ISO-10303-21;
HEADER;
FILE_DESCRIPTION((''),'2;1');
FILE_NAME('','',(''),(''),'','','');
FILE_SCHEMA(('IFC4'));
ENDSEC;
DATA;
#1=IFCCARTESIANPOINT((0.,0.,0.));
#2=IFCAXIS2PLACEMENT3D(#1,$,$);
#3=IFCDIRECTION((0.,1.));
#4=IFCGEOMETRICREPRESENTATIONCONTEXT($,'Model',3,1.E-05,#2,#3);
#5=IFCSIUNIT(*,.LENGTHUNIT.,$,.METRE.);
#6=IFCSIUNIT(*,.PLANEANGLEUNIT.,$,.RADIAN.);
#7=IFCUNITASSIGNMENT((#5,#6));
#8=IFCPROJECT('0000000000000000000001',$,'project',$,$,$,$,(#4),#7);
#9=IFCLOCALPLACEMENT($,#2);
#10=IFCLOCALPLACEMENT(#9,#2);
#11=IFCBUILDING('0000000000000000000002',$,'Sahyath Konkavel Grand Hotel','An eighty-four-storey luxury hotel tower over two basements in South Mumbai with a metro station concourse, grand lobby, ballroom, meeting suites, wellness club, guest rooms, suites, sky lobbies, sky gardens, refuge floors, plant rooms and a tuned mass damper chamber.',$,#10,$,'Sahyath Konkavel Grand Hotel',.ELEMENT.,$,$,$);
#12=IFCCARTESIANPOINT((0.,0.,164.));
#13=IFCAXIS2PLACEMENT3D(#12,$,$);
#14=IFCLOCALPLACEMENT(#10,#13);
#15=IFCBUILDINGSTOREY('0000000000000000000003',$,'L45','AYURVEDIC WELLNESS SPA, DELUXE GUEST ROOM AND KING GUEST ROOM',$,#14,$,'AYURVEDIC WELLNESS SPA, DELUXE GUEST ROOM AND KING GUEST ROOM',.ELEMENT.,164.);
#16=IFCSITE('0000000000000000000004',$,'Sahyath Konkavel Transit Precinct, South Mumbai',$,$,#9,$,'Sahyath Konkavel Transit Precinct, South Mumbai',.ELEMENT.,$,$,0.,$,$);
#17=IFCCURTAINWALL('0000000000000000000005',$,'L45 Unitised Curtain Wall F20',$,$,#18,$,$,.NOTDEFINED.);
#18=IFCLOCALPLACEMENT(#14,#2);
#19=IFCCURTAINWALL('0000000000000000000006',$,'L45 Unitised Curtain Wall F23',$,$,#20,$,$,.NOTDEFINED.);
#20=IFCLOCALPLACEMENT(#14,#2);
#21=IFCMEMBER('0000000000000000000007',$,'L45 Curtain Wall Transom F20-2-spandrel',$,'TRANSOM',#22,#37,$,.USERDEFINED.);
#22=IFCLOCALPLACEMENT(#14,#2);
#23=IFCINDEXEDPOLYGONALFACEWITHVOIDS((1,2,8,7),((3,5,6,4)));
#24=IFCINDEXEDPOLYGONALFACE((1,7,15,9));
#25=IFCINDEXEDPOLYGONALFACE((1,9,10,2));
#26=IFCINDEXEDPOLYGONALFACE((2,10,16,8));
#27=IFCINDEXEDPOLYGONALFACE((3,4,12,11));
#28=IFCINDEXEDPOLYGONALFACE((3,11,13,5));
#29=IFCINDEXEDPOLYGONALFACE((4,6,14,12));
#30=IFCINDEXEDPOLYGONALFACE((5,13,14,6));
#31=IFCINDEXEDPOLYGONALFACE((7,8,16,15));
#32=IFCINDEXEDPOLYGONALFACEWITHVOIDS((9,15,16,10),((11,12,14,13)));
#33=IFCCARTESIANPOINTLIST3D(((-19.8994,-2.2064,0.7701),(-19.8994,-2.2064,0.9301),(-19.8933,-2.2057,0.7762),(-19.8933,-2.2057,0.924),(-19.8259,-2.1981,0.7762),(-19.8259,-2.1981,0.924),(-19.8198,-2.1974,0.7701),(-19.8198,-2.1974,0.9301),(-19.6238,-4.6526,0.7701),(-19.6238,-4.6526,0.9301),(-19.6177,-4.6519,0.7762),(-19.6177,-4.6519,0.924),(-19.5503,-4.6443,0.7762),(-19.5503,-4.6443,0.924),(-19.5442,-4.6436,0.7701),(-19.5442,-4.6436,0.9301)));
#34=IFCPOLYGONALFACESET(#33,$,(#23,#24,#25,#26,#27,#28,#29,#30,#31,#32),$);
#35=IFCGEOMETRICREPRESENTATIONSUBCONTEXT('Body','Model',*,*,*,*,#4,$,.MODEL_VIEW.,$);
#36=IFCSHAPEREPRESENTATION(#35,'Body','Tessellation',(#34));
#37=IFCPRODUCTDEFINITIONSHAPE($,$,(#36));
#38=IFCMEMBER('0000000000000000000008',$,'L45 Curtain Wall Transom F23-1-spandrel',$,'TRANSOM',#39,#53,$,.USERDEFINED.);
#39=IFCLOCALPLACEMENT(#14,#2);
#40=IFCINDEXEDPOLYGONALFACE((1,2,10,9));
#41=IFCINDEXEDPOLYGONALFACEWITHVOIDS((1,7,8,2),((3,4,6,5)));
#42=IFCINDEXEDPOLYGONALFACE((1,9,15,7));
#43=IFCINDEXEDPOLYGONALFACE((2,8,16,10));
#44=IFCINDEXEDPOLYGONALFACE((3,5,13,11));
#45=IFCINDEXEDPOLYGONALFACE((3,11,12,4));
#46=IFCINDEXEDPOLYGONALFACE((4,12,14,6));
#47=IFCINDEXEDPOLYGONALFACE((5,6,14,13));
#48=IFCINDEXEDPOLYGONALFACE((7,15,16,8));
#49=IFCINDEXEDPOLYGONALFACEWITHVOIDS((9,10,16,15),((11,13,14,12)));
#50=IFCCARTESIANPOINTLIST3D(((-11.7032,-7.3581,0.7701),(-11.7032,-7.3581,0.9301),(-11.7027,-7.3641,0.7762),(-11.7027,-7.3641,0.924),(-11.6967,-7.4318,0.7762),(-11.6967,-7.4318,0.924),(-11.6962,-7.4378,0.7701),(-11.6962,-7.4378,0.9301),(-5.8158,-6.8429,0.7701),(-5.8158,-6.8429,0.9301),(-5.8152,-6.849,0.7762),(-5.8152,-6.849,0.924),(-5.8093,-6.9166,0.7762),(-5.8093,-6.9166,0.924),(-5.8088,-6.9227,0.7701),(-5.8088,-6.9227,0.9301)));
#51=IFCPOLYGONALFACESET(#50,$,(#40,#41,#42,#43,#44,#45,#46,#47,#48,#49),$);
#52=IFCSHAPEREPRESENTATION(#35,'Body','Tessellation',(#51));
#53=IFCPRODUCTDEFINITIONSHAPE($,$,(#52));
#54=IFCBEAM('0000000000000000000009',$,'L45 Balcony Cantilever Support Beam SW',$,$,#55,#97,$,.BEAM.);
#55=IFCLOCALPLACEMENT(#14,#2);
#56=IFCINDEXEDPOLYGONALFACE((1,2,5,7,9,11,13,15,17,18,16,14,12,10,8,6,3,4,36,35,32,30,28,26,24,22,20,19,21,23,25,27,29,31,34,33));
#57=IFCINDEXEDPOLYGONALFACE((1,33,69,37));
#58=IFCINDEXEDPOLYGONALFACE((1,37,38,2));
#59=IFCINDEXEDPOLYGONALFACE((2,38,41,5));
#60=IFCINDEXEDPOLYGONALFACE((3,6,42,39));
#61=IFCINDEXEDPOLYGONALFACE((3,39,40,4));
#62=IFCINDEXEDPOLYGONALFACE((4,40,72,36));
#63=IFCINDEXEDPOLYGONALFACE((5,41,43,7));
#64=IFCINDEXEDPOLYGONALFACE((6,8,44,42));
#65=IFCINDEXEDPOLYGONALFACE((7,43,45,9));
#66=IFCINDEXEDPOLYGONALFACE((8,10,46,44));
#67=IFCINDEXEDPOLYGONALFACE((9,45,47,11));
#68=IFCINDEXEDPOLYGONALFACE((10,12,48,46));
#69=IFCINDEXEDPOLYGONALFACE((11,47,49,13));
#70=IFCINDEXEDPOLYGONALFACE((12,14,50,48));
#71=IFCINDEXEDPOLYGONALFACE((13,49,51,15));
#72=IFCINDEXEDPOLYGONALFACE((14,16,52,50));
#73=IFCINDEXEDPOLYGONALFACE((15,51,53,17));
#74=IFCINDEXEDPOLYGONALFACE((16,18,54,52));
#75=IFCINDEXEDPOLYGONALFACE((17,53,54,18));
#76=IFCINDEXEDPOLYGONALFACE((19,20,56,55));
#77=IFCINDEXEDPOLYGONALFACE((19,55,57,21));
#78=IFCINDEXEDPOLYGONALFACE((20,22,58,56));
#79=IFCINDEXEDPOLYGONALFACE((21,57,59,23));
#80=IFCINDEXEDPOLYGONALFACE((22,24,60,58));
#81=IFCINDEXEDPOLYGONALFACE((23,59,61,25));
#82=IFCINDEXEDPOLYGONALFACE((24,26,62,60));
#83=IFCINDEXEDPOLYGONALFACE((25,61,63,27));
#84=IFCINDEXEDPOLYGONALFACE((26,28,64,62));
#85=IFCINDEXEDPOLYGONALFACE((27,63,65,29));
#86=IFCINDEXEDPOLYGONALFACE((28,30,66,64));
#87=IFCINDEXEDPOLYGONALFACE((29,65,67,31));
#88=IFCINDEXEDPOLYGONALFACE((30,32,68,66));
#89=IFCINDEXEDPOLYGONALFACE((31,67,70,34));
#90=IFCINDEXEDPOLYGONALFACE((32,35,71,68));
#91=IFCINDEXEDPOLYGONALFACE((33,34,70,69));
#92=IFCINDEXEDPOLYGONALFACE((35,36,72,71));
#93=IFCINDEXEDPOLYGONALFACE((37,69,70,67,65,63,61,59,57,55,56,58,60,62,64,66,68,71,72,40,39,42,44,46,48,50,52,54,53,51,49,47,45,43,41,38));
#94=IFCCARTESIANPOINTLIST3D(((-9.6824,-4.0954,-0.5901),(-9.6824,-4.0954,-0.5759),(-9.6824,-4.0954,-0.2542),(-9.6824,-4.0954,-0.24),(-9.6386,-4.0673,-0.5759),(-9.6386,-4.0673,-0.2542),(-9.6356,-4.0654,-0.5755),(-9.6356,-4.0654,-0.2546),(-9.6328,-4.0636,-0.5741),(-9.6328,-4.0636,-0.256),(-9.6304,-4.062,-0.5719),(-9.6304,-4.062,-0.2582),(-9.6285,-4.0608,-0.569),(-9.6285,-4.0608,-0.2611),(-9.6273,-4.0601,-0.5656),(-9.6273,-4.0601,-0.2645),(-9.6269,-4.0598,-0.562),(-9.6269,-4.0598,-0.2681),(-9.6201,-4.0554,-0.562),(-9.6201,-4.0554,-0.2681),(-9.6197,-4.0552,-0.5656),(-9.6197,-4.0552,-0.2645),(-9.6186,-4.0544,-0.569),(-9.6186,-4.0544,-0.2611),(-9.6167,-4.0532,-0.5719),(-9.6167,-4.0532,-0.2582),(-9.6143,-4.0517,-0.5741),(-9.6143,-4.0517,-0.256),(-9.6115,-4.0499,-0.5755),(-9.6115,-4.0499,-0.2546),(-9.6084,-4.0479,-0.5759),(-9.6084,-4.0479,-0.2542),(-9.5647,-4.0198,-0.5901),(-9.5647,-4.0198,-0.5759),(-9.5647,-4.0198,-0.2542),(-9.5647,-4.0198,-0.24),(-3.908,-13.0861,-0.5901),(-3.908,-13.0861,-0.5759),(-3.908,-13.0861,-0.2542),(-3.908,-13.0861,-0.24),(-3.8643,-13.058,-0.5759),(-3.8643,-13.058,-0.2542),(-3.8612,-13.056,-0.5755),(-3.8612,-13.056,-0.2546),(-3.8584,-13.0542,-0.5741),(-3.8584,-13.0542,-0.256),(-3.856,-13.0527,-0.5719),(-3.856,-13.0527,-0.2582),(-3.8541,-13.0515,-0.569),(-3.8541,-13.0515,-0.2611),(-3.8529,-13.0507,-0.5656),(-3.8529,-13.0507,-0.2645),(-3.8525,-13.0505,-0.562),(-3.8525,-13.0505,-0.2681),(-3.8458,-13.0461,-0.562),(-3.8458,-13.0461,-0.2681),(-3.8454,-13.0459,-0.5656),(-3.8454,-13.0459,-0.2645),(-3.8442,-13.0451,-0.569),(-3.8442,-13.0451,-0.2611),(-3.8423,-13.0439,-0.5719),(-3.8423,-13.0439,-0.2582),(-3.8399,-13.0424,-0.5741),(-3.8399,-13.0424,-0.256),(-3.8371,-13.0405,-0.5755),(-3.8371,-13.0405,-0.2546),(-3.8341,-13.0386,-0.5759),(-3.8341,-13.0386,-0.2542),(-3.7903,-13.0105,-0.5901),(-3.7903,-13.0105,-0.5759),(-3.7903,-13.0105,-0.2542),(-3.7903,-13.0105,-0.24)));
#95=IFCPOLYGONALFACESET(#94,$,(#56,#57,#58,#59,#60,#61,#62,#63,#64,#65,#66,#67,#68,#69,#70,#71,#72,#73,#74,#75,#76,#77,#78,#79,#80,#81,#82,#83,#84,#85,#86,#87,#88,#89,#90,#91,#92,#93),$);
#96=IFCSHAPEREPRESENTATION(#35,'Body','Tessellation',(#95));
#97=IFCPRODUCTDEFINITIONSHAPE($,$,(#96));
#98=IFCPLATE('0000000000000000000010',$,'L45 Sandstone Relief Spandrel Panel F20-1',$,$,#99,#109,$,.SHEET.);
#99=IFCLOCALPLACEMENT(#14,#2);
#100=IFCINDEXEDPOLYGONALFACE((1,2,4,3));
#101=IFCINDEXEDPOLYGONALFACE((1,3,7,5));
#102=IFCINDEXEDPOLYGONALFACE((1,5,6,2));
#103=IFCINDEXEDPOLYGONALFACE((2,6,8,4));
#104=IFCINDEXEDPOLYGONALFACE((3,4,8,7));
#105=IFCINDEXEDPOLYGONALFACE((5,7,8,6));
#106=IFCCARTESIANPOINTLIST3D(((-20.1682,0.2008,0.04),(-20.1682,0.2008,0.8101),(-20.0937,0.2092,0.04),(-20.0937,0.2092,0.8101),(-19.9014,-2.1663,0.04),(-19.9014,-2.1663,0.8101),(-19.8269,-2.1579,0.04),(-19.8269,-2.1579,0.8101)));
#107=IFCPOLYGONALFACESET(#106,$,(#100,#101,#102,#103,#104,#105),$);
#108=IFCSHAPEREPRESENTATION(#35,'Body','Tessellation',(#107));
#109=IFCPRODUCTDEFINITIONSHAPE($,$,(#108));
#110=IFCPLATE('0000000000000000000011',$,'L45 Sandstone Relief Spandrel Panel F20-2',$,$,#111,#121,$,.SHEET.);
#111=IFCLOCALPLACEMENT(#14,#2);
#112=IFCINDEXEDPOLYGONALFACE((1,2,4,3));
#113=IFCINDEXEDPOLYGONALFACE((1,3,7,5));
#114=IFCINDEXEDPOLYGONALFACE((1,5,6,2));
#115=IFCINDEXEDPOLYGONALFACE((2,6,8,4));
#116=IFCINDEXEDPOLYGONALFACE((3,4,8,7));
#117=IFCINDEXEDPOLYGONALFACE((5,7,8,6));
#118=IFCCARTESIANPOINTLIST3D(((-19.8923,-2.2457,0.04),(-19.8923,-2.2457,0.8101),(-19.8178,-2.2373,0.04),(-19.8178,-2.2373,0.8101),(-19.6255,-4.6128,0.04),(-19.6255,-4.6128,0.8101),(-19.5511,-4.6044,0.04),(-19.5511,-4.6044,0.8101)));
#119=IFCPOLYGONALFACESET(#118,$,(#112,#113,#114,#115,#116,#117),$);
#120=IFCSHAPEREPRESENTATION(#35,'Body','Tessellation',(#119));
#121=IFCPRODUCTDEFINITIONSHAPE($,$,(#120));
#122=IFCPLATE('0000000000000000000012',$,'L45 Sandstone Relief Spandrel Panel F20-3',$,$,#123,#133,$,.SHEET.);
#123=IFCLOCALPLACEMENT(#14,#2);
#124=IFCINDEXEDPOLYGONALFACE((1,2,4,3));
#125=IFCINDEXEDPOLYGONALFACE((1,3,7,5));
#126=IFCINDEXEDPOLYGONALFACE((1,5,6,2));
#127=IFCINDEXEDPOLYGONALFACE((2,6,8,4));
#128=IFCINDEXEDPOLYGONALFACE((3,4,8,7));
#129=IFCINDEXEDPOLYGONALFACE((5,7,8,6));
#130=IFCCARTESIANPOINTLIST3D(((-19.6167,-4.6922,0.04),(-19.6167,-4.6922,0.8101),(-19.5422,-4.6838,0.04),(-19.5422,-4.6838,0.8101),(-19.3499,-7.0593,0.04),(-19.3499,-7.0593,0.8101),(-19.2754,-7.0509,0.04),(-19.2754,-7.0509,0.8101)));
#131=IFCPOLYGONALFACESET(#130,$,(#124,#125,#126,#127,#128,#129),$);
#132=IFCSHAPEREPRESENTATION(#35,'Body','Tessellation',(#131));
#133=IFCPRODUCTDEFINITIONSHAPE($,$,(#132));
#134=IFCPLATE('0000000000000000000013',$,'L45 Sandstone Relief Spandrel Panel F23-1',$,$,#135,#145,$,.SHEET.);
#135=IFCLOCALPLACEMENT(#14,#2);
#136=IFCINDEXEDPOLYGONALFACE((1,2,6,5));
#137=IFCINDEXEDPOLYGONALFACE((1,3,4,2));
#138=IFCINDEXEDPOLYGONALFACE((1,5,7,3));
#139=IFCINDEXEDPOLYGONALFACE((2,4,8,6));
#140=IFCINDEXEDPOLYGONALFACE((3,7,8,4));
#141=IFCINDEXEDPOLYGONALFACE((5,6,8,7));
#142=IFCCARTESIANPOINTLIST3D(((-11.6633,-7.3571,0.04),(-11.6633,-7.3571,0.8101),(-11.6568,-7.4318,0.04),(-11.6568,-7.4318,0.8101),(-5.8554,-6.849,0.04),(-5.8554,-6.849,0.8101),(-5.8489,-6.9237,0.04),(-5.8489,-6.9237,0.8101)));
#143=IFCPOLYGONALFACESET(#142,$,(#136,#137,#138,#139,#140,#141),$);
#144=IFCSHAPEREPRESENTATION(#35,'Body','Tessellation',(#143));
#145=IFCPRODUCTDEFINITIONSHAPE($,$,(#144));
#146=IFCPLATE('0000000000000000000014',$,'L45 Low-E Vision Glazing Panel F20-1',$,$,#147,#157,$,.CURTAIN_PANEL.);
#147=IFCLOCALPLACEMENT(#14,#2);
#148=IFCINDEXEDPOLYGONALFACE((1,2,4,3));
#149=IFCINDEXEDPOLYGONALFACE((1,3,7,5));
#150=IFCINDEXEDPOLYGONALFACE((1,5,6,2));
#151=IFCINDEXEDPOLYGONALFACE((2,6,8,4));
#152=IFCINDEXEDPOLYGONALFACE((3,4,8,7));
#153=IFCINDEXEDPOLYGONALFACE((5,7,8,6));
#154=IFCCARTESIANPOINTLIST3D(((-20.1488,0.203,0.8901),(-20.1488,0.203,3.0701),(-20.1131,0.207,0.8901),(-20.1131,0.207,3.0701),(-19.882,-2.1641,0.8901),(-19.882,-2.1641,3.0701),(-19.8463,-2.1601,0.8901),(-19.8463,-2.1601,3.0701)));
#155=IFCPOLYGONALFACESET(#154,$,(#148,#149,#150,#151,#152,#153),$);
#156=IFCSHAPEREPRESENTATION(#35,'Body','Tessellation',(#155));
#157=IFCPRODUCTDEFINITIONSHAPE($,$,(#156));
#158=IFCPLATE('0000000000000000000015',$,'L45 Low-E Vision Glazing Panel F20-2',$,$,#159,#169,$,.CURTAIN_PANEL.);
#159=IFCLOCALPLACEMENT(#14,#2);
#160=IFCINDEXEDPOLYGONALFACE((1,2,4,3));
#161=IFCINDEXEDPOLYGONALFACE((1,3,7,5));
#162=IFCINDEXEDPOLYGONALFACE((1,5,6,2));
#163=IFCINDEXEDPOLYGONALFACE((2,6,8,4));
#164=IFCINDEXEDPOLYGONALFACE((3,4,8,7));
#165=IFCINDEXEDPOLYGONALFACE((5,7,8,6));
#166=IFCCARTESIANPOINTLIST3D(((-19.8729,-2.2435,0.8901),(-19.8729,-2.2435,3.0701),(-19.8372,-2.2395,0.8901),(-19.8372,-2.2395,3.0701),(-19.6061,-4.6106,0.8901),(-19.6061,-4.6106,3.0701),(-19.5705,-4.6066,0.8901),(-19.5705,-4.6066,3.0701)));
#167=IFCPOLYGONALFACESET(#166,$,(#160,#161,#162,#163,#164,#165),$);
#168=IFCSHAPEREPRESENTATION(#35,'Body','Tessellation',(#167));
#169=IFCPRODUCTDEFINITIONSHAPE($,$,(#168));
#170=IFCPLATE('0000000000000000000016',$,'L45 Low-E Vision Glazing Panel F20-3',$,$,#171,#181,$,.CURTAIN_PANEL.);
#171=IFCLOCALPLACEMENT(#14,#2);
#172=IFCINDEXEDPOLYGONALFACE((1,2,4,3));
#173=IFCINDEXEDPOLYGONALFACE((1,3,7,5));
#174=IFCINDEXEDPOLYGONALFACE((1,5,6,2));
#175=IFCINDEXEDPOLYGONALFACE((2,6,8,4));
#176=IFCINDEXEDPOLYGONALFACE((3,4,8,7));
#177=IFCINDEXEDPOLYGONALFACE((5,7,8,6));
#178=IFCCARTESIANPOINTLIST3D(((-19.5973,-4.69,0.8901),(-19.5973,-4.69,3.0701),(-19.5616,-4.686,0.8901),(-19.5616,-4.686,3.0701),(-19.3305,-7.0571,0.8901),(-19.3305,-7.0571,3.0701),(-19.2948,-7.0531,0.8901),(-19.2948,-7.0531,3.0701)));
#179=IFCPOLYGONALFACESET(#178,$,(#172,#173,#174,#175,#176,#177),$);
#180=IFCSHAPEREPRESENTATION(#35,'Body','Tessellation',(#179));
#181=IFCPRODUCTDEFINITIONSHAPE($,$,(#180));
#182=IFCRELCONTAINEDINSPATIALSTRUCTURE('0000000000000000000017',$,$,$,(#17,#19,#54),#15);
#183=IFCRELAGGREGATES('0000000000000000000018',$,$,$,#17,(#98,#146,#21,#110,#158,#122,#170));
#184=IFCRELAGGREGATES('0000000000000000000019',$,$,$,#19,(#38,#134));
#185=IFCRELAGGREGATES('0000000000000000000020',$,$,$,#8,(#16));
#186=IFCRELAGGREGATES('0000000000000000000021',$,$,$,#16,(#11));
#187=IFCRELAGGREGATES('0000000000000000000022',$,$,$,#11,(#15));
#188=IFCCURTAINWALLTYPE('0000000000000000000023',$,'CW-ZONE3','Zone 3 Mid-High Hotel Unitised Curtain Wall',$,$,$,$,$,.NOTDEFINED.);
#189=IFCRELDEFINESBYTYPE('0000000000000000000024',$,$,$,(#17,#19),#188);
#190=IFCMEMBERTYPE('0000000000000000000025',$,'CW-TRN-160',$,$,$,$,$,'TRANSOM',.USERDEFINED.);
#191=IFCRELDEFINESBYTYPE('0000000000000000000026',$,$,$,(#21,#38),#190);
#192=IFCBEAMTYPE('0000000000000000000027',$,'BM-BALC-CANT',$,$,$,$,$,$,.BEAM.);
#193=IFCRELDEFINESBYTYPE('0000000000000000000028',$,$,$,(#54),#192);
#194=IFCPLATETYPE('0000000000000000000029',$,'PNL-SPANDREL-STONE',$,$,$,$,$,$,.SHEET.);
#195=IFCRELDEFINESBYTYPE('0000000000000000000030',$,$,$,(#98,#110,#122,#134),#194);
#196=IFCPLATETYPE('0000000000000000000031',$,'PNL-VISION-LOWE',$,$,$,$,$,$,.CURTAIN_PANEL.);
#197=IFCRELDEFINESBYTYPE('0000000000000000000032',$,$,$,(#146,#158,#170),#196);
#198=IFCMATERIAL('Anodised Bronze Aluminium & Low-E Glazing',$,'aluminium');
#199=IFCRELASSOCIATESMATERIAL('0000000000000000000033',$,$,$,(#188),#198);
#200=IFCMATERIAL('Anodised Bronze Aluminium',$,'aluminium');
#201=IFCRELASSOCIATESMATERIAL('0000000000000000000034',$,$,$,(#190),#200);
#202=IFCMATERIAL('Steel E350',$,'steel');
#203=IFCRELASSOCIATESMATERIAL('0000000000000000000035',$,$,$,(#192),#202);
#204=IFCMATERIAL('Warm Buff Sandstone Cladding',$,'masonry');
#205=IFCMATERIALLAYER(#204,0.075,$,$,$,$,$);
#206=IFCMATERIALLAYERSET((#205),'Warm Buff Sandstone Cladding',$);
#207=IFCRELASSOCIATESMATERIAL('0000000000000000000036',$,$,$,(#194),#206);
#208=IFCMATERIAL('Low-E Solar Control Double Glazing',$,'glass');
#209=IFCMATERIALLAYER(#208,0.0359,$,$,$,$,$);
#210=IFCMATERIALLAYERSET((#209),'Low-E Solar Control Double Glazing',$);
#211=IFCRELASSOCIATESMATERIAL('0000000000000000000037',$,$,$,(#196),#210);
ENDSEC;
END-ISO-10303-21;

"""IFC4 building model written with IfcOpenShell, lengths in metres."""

from ifc_helpers import new_model, si_unit, direction, frame, origin, origin_2d, place, context, subcontext, project, spatial, rectangle, hollow_rectangle, i_section, extrude, source, transform, mapped, material, layer, layer_set, material_profile, profile_set, type_object, element, aggregate, save


model = new_model("IFC4")

# Units and contexts
model_context = context("Model", 3, precision=1e-05, world=origin(), true_north=direction((0.0, 1.0)))
body_context = subcontext(model_context, "Body", "Model", "MODEL_VIEW")
ifc_project = project(units=[si_unit("LENGTHUNIT", "METRE"), si_unit("PLANEANGLEUNIT", "RADIAN")], contexts=[model_context])

# Site, building, storey
site_placement = place(None, origin())
site = spatial("IfcSite", under=ifc_project, at=site_placement, Name="Sahyath Konkavel Transit Precinct, South Mumbai", LongName="Sahyath Konkavel Transit Precinct, South Mumbai", CompositionType="ELEMENT", RefElevation=0.0)
building_placement = place(site_placement, origin())
building = spatial("IfcBuilding", under=site, at=building_placement, Name="Sahyath Konkavel Grand Hotel", Description="An eighty-four-storey luxury hotel tower over two basements in South Mumbai with a metro station concourse, grand lobby, ballroom, meeting suites, wellness club, guest rooms, suites, sky lobbies, sky gardens, refuge floors, plant rooms and a tuned mass damper chamber.", LongName="Sahyath Konkavel Grand Hotel", CompositionType="ELEMENT")
storey_placement = place(building_placement, frame((0.0, 0.0, 164.0)))
storey = spatial("IfcBuildingStorey", under=building, at=storey_placement, Name="L45", Description="AYURVEDIC WELLNESS SPA, DELUXE GUEST ROOM AND KING GUEST ROOM", LongName="AYURVEDIC WELLNESS SPA, DELUXE GUEST ROOM AND KING GUEST ROOM", CompositionType="ELEMENT", Elevation=164.0)

# Shared definitions
ifc_material_1 = material(Name="Steel E350", Category="steel")

# Curtain wall
ifc_material_2 = material(Name="Anodised Bronze Aluminium & Low-E Glazing", Category="aluminium")
curtain_wall_type = type_object("IfcCurtainWallType", Name="CW-ZONE3", Description="Zone 3 Mid-High Hotel Unitised Curtain Wall", PredefinedType="NOTDEFINED", material=ifc_material_2)
curtain_wall_1_placement = place(storey_placement, origin())
curtain_wall_1 = element("IfcCurtainWall", 1, at=curtain_wall_1_placement, inside=storey, type_object=curtain_wall_type, Name="L45 Unitised Curtain Wall F20", PredefinedType="NOTDEFINED")
ifc_material_3 = material(Name="Anodised Bronze Aluminium", Category="aluminium")

# Curtain wall
curtain_wall_2_placement = place(storey_placement, origin())
curtain_wall_2 = element("IfcCurtainWall", 2, at=curtain_wall_2_placement, inside=storey, type_object=curtain_wall_type, Name="L45 Unitised Curtain Wall F23", PredefinedType="NOTDEFINED")

# Members
ifc_material_profile_1 = material_profile(ifc_material_3, hollow_rectangle(XDim=0.0801, YDim=0.1599, WallThickness=0.0061, at=origin_2d()), Name="RHS 160x80x6")
ifc_profile_set_1 = profile_set([ifc_material_profile_1], Name="Anodised Bronze Aluminium")
member_type_1 = type_object("IfcMemberType", Name="CW-TRN-160", ElementType="TRANSOM", PredefinedType="USERDEFINED", material=ifc_profile_set_1)
shared_shape_1 = source(origin(), body_context, "Body", "SweptSolid", [
    extrude(hollow_rectangle(XDim=0.0801, YDim=0.1599, WallThickness=0.0061, at=origin_2d()), origin(), (0.0, 0.0, 1.0), 2.4617),
])
member_1_placement = place(storey_placement, frame((-19.8596, -2.2019, 0.8501), z_axis=(0.111966, -0.993712, 0.0), x_axis=(0.993712, 0.111966, 0.0)))
member_1 = element("IfcMember", 3, at=member_1_placement, type_object=member_type_1, Name="L45 Curtain Wall Transom F20-2-spandrel", ObjectType="TRANSOM", PredefinedType="USERDEFINED", context=body_context, shape_type="MappedRepresentation", body=[
    mapped(shared_shape_1, transform((0.0, 0.0, 0.0), scale=1.0)),
])
shared_shape_2 = source(origin(), body_context, "Body", "SweptSolid", [
    extrude(hollow_rectangle(XDim=0.0801, YDim=0.1599, WallThickness=0.0061, at=origin_2d()), origin(), (0.0, 0.0, 1.0), 5.9099),
])
member_2_placement = place(storey_placement, frame((-11.6997, -7.3979, 0.8501), z_axis=(0.996194, 0.087164, 0.0), x_axis=(-0.087164, 0.996194, 0.0)))
member_2 = element("IfcMember", 4, at=member_2_placement, type_object=member_type_1, Name="L45 Curtain Wall Transom F23-1-spandrel", ObjectType="TRANSOM", PredefinedType="USERDEFINED", context=body_context, shape_type="MappedRepresentation", body=[
    mapped(shared_shape_2, transform((0.0, 0.0, 0.0), scale=1.0)),
])

# Beam
ifc_material_profile_2 = material_profile(ifc_material_1, i_section(OverallWidth=0.1399, OverallDepth=0.3501, WebThickness=0.0081, FlangeThickness=0.0142, FilletRadius=0.0139, at=origin_2d()), Name="ISMB 350")
ifc_profile_set_2 = profile_set([ifc_material_profile_2], Name="Steel E350")
beam_type_1 = type_object("IfcBeamType", Name="BM-BALC-CANT", PredefinedType="BEAM", material=ifc_profile_set_2)
shared_shape_3 = source(origin(), body_context, "Body", "SweptSolid", [
    extrude(i_section(OverallWidth=0.1399, OverallDepth=0.3501, WebThickness=0.0081, FlangeThickness=0.0142, FilletRadius=0.0139, at=origin_2d()), origin(), (0.0, 0.0, 1.0), 10.6853),
])
beam_1_placement = place(storey_placement, frame((-9.6235, -4.0576, -0.415), z_axis=(0.540404, -0.841406, 0.0), x_axis=(0.841406, 0.540404, 0.0)))
element("IfcBeam", 5, at=beam_1_placement, inside=storey, type_object=beam_type_1, Name="L45 Balcony Cantilever Support Beam SW", PredefinedType="BEAM", context=body_context, shape_type="MappedRepresentation", body=[
    mapped(shared_shape_3, transform((0.0, 0.0, 0.0), scale=1.0)),
])

# Plates
ifc_material_4 = material(Name="Warm Buff Sandstone Cladding", Category="masonry")
ifc_layer_1 = layer(ifc_material_4, 0.075)
ifc_layer_set_1 = layer_set([ifc_layer_1], Name="Warm Buff Sandstone Cladding")
plate_type_1 = type_object("IfcPlateType", Name="PNL-SPANDREL-STONE", PredefinedType="SHEET", material=ifc_layer_set_1)
shared_shape_4 = source(origin(), body_context, "Body", "SweptSolid", [
    extrude(rectangle(XDim=2.3821, YDim=0.075, at=origin_2d()), origin(), (0.0, 0.0, 1.0), 0.77),
])
plate_1_placement = place(storey_placement, frame((-19.9976, -0.9785, 0.04), z_axis=(0.0, 0.0, 1.0), x_axis=(0.111989, -0.993709, 0.0)))
plate_1 = element("IfcPlate", 6, at=plate_1_placement, type_object=plate_type_1, Name="L45 Sandstone Relief Spandrel Panel F20-1", PredefinedType="SHEET", context=body_context, shape_type="MappedRepresentation", body=[
    mapped(shared_shape_4, transform((0.0, 0.0, 0.0), scale=1.0)),
])
plate_2_placement = place(storey_placement, frame((-19.7217, -3.425, 0.04), z_axis=(0.0, 0.0, 1.0), x_axis=(0.111989, -0.993709, 0.0)))
plate_2 = element("IfcPlate", 7, at=plate_2_placement, type_object=plate_type_1, Name="L45 Sandstone Relief Spandrel Panel F20-2", PredefinedType="SHEET", context=body_context, shape_type="MappedRepresentation", body=[
    mapped(shared_shape_4, transform((0.0, 0.0, 0.0), scale=1.0)),
])
plate_3_placement = place(storey_placement, frame((-19.446, -5.8716, 0.04), z_axis=(0.0, 0.0, 1.0), x_axis=(0.111989, -0.993709, 0.0)))
plate_3 = element("IfcPlate", 8, at=plate_3_placement, type_object=plate_type_1, Name="L45 Sandstone Relief Spandrel Panel F20-3", PredefinedType="SHEET", context=body_context, shape_type="MappedRepresentation", body=[
    mapped(shared_shape_4, transform((0.0, 0.0, 0.0), scale=1.0)),
])
shared_shape_5 = source(origin(), body_context, "Body", "SweptSolid", [
    extrude(rectangle(XDim=5.8301, YDim=0.075, at=origin_2d()), origin(), (0.0, 0.0, 1.0), 0.77),
])
plate_4_placement = place(storey_placement, frame((-8.7561, -7.1404, 0.04), z_axis=(0.0, 0.0, 1.0), x_axis=(0.996195, 0.087156, 0.0)))
plate_4 = element("IfcPlate", 9, at=plate_4_placement, type_object=plate_type_1, Name="L45 Sandstone Relief Spandrel Panel F23-1", PredefinedType="SHEET", context=body_context, shape_type="MappedRepresentation", body=[
    mapped(shared_shape_5, transform((0.0, 0.0, 0.0), scale=1.0)),
])
ifc_material_5 = material(Name="Low-E Solar Control Double Glazing", Category="glass")
ifc_layer_2 = layer(ifc_material_5, 0.0359)
ifc_layer_set_2 = layer_set([ifc_layer_2], Name="Low-E Solar Control Double Glazing")
plate_type_2 = type_object("IfcPlateType", Name="PNL-VISION-LOWE", PredefinedType="CURTAIN_PANEL", material=ifc_layer_set_2)
shared_shape_6 = source(origin(), body_context, "Body", "SweptSolid", [
    extrude(rectangle(XDim=2.3821, YDim=0.0359, at=origin_2d()), origin(), (0.0, 0.0, 1.0), 2.1799),
])
plate_5_placement = place(storey_placement, frame((-19.9976, -0.9785, 0.8901), z_axis=(0.0, 0.0, 1.0), x_axis=(0.111989, -0.993709, 0.0)))
plate_5 = element("IfcPlate", 10, at=plate_5_placement, type_object=plate_type_2, Name="L45 Low-E Vision Glazing Panel F20-1", PredefinedType="CURTAIN_PANEL", context=body_context, shape_type="MappedRepresentation", body=[
    mapped(shared_shape_6, transform((0.0, 0.0, 0.0), scale=1.0)),
])
plate_6_placement = place(storey_placement, frame((-19.7217, -3.425, 0.8901), z_axis=(0.0, 0.0, 1.0), x_axis=(0.111989, -0.993709, 0.0)))
plate_6 = element("IfcPlate", 11, at=plate_6_placement, type_object=plate_type_2, Name="L45 Low-E Vision Glazing Panel F20-2", PredefinedType="CURTAIN_PANEL", context=body_context, shape_type="MappedRepresentation", body=[
    mapped(shared_shape_6, transform((0.0, 0.0, 0.0), scale=1.0)),
])
plate_7_placement = place(storey_placement, frame((-19.446, -5.8716, 0.8901), z_axis=(0.0, 0.0, 1.0), x_axis=(0.111989, -0.993709, 0.0)))
plate_7 = element("IfcPlate", 12, at=plate_7_placement, type_object=plate_type_2, Name="L45 Low-E Vision Glazing Panel F20-3", PredefinedType="CURTAIN_PANEL", context=body_context, shape_type="MappedRepresentation", body=[
    mapped(shared_shape_6, transform((0.0, 0.0, 0.0), scale=1.0)),
])
aggregate(curtain_wall_1, [plate_1, plate_5, member_1, plate_2, plate_6, plate_3, plate_7])
aggregate(curtain_wall_2, [member_2, plate_4])

save(model, "model.ifc")
